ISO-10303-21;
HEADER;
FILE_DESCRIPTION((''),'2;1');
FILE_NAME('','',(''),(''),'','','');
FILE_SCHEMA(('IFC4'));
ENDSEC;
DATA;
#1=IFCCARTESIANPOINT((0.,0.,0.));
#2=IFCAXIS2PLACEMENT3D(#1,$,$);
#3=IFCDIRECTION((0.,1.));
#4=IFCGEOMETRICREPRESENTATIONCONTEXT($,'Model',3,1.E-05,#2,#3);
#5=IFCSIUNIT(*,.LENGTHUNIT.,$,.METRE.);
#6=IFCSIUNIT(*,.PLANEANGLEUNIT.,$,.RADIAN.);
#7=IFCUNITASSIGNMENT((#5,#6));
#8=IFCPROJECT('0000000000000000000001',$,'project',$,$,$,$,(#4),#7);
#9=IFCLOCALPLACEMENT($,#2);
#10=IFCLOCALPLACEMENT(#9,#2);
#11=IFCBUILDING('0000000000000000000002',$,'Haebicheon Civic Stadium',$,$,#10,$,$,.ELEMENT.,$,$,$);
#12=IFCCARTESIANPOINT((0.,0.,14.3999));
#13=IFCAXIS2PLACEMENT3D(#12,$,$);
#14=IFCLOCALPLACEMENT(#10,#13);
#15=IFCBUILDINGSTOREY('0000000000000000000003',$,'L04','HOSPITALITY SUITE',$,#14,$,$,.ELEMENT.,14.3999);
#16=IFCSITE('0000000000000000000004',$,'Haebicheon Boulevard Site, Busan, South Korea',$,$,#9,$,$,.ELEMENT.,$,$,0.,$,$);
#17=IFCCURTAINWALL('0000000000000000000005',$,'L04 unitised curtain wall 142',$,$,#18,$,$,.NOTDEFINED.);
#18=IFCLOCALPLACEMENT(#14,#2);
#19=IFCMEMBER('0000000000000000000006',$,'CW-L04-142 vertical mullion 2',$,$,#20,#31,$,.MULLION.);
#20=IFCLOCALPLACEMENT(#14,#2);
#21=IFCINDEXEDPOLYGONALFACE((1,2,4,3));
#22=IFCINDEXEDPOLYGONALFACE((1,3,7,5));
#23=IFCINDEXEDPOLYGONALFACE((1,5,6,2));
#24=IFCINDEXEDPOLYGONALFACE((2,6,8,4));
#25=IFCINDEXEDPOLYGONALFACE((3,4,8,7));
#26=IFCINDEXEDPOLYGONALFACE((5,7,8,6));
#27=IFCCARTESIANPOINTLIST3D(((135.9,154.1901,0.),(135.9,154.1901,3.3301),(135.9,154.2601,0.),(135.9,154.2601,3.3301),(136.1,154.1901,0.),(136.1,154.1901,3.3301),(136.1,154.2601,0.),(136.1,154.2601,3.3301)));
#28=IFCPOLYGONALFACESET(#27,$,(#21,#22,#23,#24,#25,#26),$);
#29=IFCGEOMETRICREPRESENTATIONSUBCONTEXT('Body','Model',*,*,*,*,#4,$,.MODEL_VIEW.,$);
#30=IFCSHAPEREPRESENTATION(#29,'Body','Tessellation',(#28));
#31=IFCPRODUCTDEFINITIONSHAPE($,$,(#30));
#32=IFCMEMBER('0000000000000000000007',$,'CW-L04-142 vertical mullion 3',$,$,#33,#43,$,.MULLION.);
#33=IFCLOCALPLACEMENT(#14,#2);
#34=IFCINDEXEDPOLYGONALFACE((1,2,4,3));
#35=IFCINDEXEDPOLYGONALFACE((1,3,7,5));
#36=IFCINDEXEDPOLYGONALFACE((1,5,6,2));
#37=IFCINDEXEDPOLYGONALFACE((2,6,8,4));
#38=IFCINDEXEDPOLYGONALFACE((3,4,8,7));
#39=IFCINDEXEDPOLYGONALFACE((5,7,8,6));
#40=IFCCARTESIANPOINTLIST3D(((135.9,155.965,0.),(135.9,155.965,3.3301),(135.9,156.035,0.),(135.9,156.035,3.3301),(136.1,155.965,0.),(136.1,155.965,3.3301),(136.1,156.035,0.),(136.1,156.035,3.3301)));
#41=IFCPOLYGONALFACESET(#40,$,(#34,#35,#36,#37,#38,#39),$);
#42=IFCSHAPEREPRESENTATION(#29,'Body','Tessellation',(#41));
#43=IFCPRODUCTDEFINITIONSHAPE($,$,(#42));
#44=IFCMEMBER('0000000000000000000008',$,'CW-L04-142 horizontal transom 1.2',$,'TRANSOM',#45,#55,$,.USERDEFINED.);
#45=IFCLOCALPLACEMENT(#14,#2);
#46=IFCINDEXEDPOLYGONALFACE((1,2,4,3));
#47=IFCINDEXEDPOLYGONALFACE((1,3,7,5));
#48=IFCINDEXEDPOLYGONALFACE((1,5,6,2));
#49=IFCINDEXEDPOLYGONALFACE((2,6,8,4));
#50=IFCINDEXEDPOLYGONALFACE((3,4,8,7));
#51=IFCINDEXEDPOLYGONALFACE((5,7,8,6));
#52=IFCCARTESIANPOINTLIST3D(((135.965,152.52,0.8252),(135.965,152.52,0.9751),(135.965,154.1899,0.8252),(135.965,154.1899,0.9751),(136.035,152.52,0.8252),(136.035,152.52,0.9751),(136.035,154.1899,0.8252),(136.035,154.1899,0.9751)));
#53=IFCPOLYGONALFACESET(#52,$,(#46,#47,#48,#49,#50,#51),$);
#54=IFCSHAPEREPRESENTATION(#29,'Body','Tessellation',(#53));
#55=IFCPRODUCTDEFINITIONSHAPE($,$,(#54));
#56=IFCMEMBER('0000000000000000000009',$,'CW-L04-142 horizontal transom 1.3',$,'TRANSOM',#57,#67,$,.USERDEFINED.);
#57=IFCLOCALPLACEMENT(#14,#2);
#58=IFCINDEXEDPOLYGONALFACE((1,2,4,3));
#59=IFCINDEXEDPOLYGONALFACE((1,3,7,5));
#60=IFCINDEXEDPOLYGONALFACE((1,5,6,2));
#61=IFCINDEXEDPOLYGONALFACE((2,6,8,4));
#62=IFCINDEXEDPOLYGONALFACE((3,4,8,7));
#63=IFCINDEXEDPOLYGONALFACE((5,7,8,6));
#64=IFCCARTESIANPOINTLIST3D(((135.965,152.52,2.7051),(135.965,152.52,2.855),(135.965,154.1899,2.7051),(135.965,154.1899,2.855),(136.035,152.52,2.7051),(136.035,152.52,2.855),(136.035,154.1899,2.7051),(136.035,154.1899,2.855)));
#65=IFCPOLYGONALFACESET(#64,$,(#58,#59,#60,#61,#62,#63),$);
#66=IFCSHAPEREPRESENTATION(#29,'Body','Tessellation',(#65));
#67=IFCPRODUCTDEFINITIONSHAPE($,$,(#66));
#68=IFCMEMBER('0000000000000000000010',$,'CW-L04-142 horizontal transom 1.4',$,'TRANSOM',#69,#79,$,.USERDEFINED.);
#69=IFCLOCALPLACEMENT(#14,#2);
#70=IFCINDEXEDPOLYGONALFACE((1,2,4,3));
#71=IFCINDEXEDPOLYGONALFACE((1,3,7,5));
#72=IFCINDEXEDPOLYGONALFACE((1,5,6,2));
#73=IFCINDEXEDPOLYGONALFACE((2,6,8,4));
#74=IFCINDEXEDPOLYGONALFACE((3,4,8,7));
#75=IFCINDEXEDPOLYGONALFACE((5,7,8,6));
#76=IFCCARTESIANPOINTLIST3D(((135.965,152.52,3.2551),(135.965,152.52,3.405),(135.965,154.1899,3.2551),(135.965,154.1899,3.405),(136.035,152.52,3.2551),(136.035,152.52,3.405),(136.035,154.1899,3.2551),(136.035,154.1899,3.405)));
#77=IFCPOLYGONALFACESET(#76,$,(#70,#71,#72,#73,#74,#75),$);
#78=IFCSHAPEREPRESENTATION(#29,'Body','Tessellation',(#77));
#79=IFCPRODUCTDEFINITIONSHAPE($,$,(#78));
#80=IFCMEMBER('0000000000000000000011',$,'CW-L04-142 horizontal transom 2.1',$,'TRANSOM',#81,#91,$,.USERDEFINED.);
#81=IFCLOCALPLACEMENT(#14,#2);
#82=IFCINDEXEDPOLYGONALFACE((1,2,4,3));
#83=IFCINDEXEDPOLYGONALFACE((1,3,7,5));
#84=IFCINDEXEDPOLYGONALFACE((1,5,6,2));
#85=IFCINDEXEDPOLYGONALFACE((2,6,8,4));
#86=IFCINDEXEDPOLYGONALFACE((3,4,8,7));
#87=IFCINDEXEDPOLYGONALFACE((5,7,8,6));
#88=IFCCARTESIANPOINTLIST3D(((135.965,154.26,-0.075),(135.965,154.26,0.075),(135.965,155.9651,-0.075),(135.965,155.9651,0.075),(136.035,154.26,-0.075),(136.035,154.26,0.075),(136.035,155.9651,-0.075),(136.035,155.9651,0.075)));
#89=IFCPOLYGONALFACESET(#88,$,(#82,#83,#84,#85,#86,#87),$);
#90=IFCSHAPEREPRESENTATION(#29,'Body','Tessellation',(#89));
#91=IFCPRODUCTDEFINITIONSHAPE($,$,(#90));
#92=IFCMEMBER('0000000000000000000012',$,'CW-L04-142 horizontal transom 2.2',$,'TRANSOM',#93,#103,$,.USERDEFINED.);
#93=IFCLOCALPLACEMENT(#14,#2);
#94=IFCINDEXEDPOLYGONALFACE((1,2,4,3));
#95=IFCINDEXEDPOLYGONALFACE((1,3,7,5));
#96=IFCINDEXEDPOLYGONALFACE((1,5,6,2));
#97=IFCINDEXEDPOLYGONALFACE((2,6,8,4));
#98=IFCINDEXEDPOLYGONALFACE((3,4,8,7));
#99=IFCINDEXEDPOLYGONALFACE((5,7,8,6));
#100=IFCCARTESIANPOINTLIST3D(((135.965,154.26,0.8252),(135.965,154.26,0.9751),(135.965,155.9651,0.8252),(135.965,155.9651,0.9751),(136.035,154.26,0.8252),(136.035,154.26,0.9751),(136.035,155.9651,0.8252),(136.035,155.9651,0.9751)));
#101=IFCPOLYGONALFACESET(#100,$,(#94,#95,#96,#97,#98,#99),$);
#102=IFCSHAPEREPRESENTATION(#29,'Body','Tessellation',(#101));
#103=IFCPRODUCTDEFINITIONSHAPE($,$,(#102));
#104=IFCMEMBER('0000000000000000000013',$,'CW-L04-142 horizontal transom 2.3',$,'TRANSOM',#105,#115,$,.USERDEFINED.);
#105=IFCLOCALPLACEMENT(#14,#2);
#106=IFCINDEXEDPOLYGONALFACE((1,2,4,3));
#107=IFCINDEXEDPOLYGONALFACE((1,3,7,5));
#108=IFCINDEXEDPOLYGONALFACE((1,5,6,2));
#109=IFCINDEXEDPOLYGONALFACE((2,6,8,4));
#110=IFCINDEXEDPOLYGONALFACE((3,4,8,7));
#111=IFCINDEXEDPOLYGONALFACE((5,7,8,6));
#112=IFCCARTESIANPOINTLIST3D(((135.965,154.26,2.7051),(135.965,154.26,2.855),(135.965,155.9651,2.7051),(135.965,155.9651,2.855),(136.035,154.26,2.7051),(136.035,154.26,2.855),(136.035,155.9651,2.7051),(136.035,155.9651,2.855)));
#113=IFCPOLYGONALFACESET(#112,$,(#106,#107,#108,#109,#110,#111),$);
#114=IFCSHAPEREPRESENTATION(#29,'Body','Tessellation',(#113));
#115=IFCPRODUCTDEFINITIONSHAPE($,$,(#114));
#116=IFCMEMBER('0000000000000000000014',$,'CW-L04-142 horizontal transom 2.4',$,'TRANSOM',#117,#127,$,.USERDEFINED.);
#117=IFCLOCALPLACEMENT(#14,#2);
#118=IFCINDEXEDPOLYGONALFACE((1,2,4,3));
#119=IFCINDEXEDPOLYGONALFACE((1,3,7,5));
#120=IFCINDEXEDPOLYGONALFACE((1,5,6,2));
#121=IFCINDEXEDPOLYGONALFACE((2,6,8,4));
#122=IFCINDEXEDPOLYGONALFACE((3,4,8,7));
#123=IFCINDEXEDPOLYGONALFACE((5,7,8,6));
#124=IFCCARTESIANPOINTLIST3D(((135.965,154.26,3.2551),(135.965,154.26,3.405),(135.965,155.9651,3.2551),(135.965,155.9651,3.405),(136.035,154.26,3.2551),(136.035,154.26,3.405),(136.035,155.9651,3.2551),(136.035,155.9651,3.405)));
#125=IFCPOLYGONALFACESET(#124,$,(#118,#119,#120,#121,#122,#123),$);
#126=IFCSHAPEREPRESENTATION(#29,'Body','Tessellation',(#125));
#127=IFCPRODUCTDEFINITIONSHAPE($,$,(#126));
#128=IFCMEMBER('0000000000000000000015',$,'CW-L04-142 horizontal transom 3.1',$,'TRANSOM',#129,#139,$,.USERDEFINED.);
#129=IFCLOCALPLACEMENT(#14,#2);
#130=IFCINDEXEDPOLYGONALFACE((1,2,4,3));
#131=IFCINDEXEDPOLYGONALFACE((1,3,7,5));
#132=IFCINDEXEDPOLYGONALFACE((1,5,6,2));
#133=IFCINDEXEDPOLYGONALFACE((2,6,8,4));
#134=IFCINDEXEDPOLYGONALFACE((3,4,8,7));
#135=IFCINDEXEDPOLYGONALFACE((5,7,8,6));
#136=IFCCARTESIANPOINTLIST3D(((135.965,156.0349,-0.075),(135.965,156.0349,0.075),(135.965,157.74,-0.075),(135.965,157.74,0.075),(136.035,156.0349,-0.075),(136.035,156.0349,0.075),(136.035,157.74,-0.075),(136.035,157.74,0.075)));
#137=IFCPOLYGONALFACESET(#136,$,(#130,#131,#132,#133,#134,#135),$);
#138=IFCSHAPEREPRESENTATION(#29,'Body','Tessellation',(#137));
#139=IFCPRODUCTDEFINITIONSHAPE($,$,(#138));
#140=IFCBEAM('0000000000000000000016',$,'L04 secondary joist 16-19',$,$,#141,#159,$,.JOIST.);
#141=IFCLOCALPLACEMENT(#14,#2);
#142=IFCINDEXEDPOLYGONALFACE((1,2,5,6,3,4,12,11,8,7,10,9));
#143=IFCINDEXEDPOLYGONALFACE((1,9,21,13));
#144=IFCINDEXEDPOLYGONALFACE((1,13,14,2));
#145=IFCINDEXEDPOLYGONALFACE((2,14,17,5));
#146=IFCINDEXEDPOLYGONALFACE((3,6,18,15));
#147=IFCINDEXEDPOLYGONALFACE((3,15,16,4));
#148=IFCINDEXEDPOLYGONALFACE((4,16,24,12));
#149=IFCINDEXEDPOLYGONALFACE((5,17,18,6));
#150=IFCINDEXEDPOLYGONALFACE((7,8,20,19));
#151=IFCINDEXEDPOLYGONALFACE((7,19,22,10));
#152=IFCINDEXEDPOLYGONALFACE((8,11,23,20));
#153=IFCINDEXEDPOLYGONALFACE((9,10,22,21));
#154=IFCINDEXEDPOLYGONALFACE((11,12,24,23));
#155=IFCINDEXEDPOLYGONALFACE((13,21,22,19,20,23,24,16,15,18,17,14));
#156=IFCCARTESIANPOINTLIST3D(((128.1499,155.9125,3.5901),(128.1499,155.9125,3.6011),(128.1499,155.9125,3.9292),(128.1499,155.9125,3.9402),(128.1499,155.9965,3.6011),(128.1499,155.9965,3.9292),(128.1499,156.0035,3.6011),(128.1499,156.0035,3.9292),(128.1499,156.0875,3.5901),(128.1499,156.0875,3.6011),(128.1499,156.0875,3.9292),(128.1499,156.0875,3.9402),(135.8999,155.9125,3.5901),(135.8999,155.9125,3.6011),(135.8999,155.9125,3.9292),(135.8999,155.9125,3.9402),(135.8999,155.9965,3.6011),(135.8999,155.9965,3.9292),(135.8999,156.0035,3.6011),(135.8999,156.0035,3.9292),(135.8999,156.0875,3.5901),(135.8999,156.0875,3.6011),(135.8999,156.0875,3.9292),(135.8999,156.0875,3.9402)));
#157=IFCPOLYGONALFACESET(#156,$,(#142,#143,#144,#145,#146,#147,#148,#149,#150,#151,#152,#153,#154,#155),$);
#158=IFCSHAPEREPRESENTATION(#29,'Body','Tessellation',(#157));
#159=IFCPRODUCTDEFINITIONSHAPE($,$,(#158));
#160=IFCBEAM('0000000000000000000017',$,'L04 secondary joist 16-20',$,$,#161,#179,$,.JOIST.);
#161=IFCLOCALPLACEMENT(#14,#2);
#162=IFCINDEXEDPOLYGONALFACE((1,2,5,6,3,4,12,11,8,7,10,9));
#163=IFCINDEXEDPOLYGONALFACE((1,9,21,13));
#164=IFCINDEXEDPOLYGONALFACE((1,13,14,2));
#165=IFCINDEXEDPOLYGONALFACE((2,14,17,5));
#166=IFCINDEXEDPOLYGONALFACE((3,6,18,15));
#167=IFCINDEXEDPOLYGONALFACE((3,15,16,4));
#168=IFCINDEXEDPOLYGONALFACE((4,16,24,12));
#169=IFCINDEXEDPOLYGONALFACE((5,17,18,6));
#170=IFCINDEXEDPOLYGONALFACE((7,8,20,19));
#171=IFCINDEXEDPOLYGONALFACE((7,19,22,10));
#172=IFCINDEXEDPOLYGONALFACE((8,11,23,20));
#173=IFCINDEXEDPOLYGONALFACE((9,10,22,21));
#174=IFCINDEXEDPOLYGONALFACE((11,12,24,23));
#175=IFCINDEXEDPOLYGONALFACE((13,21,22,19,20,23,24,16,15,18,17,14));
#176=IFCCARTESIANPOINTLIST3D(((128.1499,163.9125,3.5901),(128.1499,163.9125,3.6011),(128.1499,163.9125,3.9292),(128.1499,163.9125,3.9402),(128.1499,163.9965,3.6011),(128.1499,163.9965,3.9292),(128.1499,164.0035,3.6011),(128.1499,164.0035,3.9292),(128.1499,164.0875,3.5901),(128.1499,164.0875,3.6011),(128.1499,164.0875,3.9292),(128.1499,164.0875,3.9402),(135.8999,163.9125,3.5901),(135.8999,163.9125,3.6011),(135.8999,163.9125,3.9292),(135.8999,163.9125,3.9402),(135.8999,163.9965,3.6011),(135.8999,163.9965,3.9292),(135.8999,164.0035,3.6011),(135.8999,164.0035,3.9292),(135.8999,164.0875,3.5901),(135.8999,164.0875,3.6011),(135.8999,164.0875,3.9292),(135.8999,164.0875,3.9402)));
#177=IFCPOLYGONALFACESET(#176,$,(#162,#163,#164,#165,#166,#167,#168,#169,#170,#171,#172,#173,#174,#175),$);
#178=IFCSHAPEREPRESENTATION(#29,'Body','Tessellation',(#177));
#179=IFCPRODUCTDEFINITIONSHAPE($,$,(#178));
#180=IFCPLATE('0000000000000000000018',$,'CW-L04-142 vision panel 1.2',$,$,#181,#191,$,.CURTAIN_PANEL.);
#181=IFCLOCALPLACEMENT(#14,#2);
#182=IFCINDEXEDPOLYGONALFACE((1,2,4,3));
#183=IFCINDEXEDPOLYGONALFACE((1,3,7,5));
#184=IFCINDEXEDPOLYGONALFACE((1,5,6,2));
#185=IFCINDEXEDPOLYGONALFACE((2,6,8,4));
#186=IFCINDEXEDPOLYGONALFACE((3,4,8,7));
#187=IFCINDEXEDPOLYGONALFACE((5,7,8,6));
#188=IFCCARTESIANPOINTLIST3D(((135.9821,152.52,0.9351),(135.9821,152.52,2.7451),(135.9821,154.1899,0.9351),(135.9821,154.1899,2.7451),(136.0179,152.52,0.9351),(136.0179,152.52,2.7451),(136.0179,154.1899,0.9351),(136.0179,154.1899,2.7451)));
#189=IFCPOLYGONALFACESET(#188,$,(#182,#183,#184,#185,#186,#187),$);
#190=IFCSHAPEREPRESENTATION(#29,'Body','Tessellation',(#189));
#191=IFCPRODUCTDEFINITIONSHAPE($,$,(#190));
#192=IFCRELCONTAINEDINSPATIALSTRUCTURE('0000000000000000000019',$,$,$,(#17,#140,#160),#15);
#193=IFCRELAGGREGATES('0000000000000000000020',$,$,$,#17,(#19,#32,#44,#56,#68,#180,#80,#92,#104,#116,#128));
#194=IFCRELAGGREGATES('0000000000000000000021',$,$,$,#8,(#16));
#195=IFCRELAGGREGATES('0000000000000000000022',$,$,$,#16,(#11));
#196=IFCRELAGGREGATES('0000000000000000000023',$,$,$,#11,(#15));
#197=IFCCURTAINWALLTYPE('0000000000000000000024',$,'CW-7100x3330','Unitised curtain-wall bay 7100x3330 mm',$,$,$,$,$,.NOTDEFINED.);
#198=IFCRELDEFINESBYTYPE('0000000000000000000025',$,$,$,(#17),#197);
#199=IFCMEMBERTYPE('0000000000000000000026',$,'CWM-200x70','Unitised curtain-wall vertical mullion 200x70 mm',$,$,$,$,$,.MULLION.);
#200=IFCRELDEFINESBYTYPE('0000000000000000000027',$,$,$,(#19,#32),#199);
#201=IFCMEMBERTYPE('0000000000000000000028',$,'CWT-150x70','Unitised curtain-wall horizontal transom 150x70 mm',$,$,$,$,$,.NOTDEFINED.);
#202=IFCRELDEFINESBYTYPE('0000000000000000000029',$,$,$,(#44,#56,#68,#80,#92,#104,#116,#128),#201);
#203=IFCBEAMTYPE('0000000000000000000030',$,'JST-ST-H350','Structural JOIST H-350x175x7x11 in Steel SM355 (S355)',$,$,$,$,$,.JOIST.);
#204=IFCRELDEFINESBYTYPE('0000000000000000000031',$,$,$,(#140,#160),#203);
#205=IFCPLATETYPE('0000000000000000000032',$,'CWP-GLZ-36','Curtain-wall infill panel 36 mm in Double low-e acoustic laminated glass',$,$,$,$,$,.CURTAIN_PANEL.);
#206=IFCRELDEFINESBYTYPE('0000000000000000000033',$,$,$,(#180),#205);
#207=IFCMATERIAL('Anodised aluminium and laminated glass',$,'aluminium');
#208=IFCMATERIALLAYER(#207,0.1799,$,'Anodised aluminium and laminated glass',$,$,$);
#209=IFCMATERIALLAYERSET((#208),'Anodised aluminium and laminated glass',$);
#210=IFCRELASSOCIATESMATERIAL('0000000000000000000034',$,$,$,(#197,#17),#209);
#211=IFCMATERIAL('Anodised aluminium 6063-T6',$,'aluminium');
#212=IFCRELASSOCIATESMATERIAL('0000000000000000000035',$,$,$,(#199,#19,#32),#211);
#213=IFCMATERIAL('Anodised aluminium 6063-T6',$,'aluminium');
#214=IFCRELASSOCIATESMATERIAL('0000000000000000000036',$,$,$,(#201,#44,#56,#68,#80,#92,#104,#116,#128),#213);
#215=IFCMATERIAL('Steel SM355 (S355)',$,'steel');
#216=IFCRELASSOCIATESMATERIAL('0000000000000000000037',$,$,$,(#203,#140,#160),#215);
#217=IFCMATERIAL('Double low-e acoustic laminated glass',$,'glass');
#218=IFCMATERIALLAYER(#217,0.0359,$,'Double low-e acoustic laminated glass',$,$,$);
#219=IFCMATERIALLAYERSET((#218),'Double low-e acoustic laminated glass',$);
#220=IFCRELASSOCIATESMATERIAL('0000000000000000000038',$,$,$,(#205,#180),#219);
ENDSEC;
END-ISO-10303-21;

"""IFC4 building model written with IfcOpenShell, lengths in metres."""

from ifc_helpers import new_model, si_unit, direction, frame, origin, origin_2d, place, context, subcontext, project, spatial, rectangle, i_section, extrude, material, layer, layer_set, material_profile, profile_set, type_object, element, aggregate, save


model = new_model("IFC4")

# Units and contexts
model_context = context("Model", 3, precision=1e-05, world=origin(), true_north=direction((0.0, 1.0)))
body_context = subcontext(model_context, "Body", "Model", "MODEL_VIEW")
ifc_project = project(units=[si_unit("LENGTHUNIT", "METRE"), si_unit("PLANEANGLEUNIT", "RADIAN")], contexts=[model_context])

# Site, building, storey
site_placement = place(None, origin())
site = spatial("IfcSite", under=ifc_project, at=site_placement, Name="Haebicheon Boulevard Site, Busan, South Korea", CompositionType="ELEMENT", RefElevation=0.0)
building_placement = place(site_placement, origin())
building = spatial("IfcBuilding", under=site, at=building_placement, Name="Haebicheon Civic Stadium", CompositionType="ELEMENT")
storey_placement = place(building_placement, frame((0.0, 0.0, 14.3999)))
storey = spatial("IfcBuildingStorey", under=building, at=storey_placement, Name="L04", Description="HOSPITALITY SUITE", CompositionType="ELEMENT", Elevation=14.3999)

# Curtain wall, members
ifc_material_1 = material(Name="Anodised aluminium and laminated glass", Category="aluminium")
ifc_layer_1 = layer(ifc_material_1, 0.1799, Name="Anodised aluminium and laminated glass")
ifc_layer_set_1 = layer_set([ifc_layer_1], Name="Anodised aluminium and laminated glass")
curtain_wall_type = type_object("IfcCurtainWallType", Name="CW-7100x3330", Description="Unitised curtain-wall bay 7100x3330 mm", PredefinedType="NOTDEFINED", material=ifc_layer_set_1)
curtain_wall_placement = place(storey_placement, origin())
curtain_wall = element("IfcCurtainWall", 1, at=curtain_wall_placement, inside=storey, type_object=curtain_wall_type, material=ifc_layer_set_1, Name="L04 unitised curtain wall 142", PredefinedType="NOTDEFINED")
ifc_material_2 = material(Name="Anodised aluminium 6063-T6", Category="aluminium")
ifc_material_profile_1 = material_profile(ifc_material_2, rectangle(XDim=0.0701, YDim=0.2, at=origin_2d()), Name="ALU-MULL-70x200")
ifc_profile_set_1 = profile_set([ifc_material_profile_1], Name="Anodised aluminium 6063-T6")
member_type_1 = type_object("IfcMemberType", Name="CWM-200x70", Description="Unitised curtain-wall vertical mullion 200x70 mm", PredefinedType="MULLION", material=ifc_profile_set_1)
member_1_placement = place(storey_placement, frame((136.0, 154.2251, 0.0), z_axis=(0.0, 0.0, 1.0), x_axis=(0.0, 1.0, 0.0)))
member_1 = element("IfcMember", 2, at=member_1_placement, type_object=member_type_1, material=ifc_profile_set_1, Name="CW-L04-142 vertical mullion 2", PredefinedType="MULLION", context=body_context, shape_type="SweptSolid", body=[
    extrude(rectangle(XDim=0.0701, YDim=0.2, at=origin_2d()), origin(), (0.0, 0.0, 1.0), 3.3301),
])
member_2_placement = place(storey_placement, frame((136.0, 156.0, 0.0), z_axis=(0.0, 0.0, 1.0), x_axis=(0.0, 1.0, 0.0)))
member_2 = element("IfcMember", 3, at=member_2_placement, type_object=member_type_1, material=ifc_profile_set_1, Name="CW-L04-142 vertical mullion 3", PredefinedType="MULLION", context=body_context, shape_type="SweptSolid", body=[
    extrude(rectangle(XDim=0.0701, YDim=0.2, at=origin_2d()), origin(), (0.0, 0.0, 1.0), 3.3301),
])
ifc_material_3 = material(Name="Anodised aluminium 6063-T6", Category="aluminium")
ifc_material_profile_2 = material_profile(ifc_material_3, rectangle(XDim=0.0701, YDim=0.1499, at=origin_2d()), Name="ALU-TRAN-70x150")
ifc_profile_set_2 = profile_set([ifc_material_profile_2], Name="Anodised aluminium 6063-T6")
member_type_2 = type_object("IfcMemberType", Name="CWT-150x70", Description="Unitised curtain-wall horizontal transom 150x70 mm", PredefinedType="NOTDEFINED", material=ifc_profile_set_2)
member_3_placement = place(storey_placement, frame((136.0, 152.52, 0.9001), z_axis=(0.0, 1.0, 0.0), x_axis=(-1.0, 0.0, 0.0)))
member_3 = element("IfcMember", 4, at=member_3_placement, type_object=member_type_2, material=ifc_profile_set_2, Name="CW-L04-142 horizontal transom 1.2", ObjectType="TRANSOM", PredefinedType="USERDEFINED", context=body_context, shape_type="SweptSolid", body=[
    extrude(rectangle(XDim=0.0701, YDim=0.1499, at=origin_2d()), origin(), (0.0, 0.0, 1.0), 1.6699),
])
member_4_placement = place(storey_placement, frame((136.0, 152.52, 2.78), z_axis=(0.0, 1.0, 0.0), x_axis=(-1.0, 0.0, 0.0)))
member_4 = element("IfcMember", 5, at=member_4_placement, type_object=member_type_2, material=ifc_profile_set_2, Name="CW-L04-142 horizontal transom 1.3", ObjectType="TRANSOM", PredefinedType="USERDEFINED", context=body_context, shape_type="SweptSolid", body=[
    extrude(rectangle(XDim=0.0701, YDim=0.1499, at=origin_2d()), origin(), (0.0, 0.0, 1.0), 1.6699),
])
member_5_placement = place(storey_placement, frame((136.0, 152.52, 3.3301), z_axis=(0.0, 1.0, 0.0), x_axis=(-1.0, 0.0, 0.0)))
member_5 = element("IfcMember", 6, at=member_5_placement, type_object=member_type_2, material=ifc_profile_set_2, Name="CW-L04-142 horizontal transom 1.4", ObjectType="TRANSOM", PredefinedType="USERDEFINED", context=body_context, shape_type="SweptSolid", body=[
    extrude(rectangle(XDim=0.0701, YDim=0.1499, at=origin_2d()), origin(), (0.0, 0.0, 1.0), 1.6699),
])
member_6_placement = place(storey_placement, frame((136.0, 154.26, 0.0), z_axis=(0.0, 1.0, 0.0), x_axis=(-1.0, 0.0, 0.0)))
member_6 = element("IfcMember", 7, at=member_6_placement, type_object=member_type_2, material=ifc_profile_set_2, Name="CW-L04-142 horizontal transom 2.1", ObjectType="TRANSOM", PredefinedType="USERDEFINED", context=body_context, shape_type="SweptSolid", body=[
    extrude(rectangle(XDim=0.0701, YDim=0.1499, at=origin_2d()), origin(), (0.0, 0.0, 1.0), 1.7051),
])
member_7_placement = place(storey_placement, frame((136.0, 154.26, 0.9001), z_axis=(0.0, 1.0, 0.0), x_axis=(-1.0, 0.0, 0.0)))
member_7 = element("IfcMember", 8, at=member_7_placement, type_object=member_type_2, material=ifc_profile_set_2, Name="CW-L04-142 horizontal transom 2.2", ObjectType="TRANSOM", PredefinedType="USERDEFINED", context=body_context, shape_type="SweptSolid", body=[
    extrude(rectangle(XDim=0.0701, YDim=0.1499, at=origin_2d()), origin(), (0.0, 0.0, 1.0), 1.7051),
])
member_8_placement = place(storey_placement, frame((136.0, 154.26, 2.78), z_axis=(0.0, 1.0, 0.0), x_axis=(-1.0, 0.0, 0.0)))
member_8 = element("IfcMember", 9, at=member_8_placement, type_object=member_type_2, material=ifc_profile_set_2, Name="CW-L04-142 horizontal transom 2.3", ObjectType="TRANSOM", PredefinedType="USERDEFINED", context=body_context, shape_type="SweptSolid", body=[
    extrude(rectangle(XDim=0.0701, YDim=0.1499, at=origin_2d()), origin(), (0.0, 0.0, 1.0), 1.7051),
])
member_9_placement = place(storey_placement, frame((136.0, 154.26, 3.3301), z_axis=(0.0, 1.0, 0.0), x_axis=(-1.0, 0.0, 0.0)))
member_9 = element("IfcMember", 10, at=member_9_placement, type_object=member_type_2, material=ifc_profile_set_2, Name="CW-L04-142 horizontal transom 2.4", ObjectType="TRANSOM", PredefinedType="USERDEFINED", context=body_context, shape_type="SweptSolid", body=[
    extrude(rectangle(XDim=0.0701, YDim=0.1499, at=origin_2d()), origin(), (0.0, 0.0, 1.0), 1.7051),
])
member_10_placement = place(storey_placement, frame((136.0, 156.0349, 0.0), z_axis=(0.0, 1.0, 0.0), x_axis=(-1.0, 0.0, 0.0)))
member_10 = element("IfcMember", 11, at=member_10_placement, type_object=member_type_2, material=ifc_profile_set_2, Name="CW-L04-142 horizontal transom 3.1", ObjectType="TRANSOM", PredefinedType="USERDEFINED", context=body_context, shape_type="SweptSolid", body=[
    extrude(rectangle(XDim=0.0701, YDim=0.1499, at=origin_2d()), origin(), (0.0, 0.0, 1.0), 1.7051),
])

# Beams
ifc_material_4 = material(Name="Steel SM355 (S355)", Category="steel")
ifc_material_profile_3 = material_profile(ifc_material_4, i_section(OverallWidth=0.175, OverallDepth=0.3501, WebThickness=0.0071, FlangeThickness=0.011, at=origin_2d()), Name="H-350x175x7x11")
ifc_profile_set_3 = profile_set([ifc_material_profile_3], Name="Steel SM355 (S355)")
beam_type = type_object("IfcBeamType", Name="JST-ST-H350", Description="Structural JOIST H-350x175x7x11 in Steel SM355 (S355)", PredefinedType="JOIST", material=ifc_profile_set_3)
for number, where, z_axis, x_axis, name in (
    (12, (128.1499, 156.0, 3.7651), (1.0, 0.0, 0.0), (0.0, 1.0, 0.0), "L04 secondary joist 16-19"),
    (13, (128.1499, 164.0, 3.7651), (1.0, 0.0, 0.0), (0.0, 1.0, 0.0), "L04 secondary joist 16-20"),
):
    element("IfcBeam", number, at=place(storey_placement, frame(where, z_axis=z_axis, x_axis=x_axis)), inside=storey, type_object=beam_type, material=ifc_profile_set_3, Name=name, PredefinedType="JOIST", context=body_context, shape_type="SweptSolid", body=[
        extrude(i_section(OverallWidth=0.175, OverallDepth=0.3501, WebThickness=0.0071, FlangeThickness=0.011, at=origin_2d()), origin(), (0.0, 0.0, 1.0), 7.75),
    ])

# Plate
ifc_material_5 = material(Name="Double low-e acoustic laminated glass", Category="glass")
ifc_layer_2 = layer(ifc_material_5, 0.0359, Name="Double low-e acoustic laminated glass")
ifc_layer_set_2 = layer_set([ifc_layer_2], Name="Double low-e acoustic laminated glass")
plate_type_1 = type_object("IfcPlateType", Name="CWP-GLZ-36", Description="Curtain-wall infill panel 36 mm in Double low-e acoustic laminated glass", PredefinedType="CURTAIN_PANEL", material=ifc_layer_set_2)
plate_1_placement = place(storey_placement, frame((136.0, 153.355, 0.9351), z_axis=(0.0, 0.0, 1.0), x_axis=(0.0, 1.0, 0.0)))
plate_1 = element("IfcPlate", 14, at=plate_1_placement, type_object=plate_type_1, material=ifc_layer_set_2, Name="CW-L04-142 vision panel 1.2", PredefinedType="CURTAIN_PANEL", context=body_context, shape_type="SweptSolid", body=[
    extrude(rectangle(XDim=1.6699, YDim=0.0359, at=origin_2d()), origin(), (0.0, 0.0, 1.0), 1.8101),
])
aggregate(curtain_wall, [member_1, member_2, member_3, member_4, member_5, plate_1, member_6, member_7, member_8, member_9, member_10])

save(model, "model.ifc")
